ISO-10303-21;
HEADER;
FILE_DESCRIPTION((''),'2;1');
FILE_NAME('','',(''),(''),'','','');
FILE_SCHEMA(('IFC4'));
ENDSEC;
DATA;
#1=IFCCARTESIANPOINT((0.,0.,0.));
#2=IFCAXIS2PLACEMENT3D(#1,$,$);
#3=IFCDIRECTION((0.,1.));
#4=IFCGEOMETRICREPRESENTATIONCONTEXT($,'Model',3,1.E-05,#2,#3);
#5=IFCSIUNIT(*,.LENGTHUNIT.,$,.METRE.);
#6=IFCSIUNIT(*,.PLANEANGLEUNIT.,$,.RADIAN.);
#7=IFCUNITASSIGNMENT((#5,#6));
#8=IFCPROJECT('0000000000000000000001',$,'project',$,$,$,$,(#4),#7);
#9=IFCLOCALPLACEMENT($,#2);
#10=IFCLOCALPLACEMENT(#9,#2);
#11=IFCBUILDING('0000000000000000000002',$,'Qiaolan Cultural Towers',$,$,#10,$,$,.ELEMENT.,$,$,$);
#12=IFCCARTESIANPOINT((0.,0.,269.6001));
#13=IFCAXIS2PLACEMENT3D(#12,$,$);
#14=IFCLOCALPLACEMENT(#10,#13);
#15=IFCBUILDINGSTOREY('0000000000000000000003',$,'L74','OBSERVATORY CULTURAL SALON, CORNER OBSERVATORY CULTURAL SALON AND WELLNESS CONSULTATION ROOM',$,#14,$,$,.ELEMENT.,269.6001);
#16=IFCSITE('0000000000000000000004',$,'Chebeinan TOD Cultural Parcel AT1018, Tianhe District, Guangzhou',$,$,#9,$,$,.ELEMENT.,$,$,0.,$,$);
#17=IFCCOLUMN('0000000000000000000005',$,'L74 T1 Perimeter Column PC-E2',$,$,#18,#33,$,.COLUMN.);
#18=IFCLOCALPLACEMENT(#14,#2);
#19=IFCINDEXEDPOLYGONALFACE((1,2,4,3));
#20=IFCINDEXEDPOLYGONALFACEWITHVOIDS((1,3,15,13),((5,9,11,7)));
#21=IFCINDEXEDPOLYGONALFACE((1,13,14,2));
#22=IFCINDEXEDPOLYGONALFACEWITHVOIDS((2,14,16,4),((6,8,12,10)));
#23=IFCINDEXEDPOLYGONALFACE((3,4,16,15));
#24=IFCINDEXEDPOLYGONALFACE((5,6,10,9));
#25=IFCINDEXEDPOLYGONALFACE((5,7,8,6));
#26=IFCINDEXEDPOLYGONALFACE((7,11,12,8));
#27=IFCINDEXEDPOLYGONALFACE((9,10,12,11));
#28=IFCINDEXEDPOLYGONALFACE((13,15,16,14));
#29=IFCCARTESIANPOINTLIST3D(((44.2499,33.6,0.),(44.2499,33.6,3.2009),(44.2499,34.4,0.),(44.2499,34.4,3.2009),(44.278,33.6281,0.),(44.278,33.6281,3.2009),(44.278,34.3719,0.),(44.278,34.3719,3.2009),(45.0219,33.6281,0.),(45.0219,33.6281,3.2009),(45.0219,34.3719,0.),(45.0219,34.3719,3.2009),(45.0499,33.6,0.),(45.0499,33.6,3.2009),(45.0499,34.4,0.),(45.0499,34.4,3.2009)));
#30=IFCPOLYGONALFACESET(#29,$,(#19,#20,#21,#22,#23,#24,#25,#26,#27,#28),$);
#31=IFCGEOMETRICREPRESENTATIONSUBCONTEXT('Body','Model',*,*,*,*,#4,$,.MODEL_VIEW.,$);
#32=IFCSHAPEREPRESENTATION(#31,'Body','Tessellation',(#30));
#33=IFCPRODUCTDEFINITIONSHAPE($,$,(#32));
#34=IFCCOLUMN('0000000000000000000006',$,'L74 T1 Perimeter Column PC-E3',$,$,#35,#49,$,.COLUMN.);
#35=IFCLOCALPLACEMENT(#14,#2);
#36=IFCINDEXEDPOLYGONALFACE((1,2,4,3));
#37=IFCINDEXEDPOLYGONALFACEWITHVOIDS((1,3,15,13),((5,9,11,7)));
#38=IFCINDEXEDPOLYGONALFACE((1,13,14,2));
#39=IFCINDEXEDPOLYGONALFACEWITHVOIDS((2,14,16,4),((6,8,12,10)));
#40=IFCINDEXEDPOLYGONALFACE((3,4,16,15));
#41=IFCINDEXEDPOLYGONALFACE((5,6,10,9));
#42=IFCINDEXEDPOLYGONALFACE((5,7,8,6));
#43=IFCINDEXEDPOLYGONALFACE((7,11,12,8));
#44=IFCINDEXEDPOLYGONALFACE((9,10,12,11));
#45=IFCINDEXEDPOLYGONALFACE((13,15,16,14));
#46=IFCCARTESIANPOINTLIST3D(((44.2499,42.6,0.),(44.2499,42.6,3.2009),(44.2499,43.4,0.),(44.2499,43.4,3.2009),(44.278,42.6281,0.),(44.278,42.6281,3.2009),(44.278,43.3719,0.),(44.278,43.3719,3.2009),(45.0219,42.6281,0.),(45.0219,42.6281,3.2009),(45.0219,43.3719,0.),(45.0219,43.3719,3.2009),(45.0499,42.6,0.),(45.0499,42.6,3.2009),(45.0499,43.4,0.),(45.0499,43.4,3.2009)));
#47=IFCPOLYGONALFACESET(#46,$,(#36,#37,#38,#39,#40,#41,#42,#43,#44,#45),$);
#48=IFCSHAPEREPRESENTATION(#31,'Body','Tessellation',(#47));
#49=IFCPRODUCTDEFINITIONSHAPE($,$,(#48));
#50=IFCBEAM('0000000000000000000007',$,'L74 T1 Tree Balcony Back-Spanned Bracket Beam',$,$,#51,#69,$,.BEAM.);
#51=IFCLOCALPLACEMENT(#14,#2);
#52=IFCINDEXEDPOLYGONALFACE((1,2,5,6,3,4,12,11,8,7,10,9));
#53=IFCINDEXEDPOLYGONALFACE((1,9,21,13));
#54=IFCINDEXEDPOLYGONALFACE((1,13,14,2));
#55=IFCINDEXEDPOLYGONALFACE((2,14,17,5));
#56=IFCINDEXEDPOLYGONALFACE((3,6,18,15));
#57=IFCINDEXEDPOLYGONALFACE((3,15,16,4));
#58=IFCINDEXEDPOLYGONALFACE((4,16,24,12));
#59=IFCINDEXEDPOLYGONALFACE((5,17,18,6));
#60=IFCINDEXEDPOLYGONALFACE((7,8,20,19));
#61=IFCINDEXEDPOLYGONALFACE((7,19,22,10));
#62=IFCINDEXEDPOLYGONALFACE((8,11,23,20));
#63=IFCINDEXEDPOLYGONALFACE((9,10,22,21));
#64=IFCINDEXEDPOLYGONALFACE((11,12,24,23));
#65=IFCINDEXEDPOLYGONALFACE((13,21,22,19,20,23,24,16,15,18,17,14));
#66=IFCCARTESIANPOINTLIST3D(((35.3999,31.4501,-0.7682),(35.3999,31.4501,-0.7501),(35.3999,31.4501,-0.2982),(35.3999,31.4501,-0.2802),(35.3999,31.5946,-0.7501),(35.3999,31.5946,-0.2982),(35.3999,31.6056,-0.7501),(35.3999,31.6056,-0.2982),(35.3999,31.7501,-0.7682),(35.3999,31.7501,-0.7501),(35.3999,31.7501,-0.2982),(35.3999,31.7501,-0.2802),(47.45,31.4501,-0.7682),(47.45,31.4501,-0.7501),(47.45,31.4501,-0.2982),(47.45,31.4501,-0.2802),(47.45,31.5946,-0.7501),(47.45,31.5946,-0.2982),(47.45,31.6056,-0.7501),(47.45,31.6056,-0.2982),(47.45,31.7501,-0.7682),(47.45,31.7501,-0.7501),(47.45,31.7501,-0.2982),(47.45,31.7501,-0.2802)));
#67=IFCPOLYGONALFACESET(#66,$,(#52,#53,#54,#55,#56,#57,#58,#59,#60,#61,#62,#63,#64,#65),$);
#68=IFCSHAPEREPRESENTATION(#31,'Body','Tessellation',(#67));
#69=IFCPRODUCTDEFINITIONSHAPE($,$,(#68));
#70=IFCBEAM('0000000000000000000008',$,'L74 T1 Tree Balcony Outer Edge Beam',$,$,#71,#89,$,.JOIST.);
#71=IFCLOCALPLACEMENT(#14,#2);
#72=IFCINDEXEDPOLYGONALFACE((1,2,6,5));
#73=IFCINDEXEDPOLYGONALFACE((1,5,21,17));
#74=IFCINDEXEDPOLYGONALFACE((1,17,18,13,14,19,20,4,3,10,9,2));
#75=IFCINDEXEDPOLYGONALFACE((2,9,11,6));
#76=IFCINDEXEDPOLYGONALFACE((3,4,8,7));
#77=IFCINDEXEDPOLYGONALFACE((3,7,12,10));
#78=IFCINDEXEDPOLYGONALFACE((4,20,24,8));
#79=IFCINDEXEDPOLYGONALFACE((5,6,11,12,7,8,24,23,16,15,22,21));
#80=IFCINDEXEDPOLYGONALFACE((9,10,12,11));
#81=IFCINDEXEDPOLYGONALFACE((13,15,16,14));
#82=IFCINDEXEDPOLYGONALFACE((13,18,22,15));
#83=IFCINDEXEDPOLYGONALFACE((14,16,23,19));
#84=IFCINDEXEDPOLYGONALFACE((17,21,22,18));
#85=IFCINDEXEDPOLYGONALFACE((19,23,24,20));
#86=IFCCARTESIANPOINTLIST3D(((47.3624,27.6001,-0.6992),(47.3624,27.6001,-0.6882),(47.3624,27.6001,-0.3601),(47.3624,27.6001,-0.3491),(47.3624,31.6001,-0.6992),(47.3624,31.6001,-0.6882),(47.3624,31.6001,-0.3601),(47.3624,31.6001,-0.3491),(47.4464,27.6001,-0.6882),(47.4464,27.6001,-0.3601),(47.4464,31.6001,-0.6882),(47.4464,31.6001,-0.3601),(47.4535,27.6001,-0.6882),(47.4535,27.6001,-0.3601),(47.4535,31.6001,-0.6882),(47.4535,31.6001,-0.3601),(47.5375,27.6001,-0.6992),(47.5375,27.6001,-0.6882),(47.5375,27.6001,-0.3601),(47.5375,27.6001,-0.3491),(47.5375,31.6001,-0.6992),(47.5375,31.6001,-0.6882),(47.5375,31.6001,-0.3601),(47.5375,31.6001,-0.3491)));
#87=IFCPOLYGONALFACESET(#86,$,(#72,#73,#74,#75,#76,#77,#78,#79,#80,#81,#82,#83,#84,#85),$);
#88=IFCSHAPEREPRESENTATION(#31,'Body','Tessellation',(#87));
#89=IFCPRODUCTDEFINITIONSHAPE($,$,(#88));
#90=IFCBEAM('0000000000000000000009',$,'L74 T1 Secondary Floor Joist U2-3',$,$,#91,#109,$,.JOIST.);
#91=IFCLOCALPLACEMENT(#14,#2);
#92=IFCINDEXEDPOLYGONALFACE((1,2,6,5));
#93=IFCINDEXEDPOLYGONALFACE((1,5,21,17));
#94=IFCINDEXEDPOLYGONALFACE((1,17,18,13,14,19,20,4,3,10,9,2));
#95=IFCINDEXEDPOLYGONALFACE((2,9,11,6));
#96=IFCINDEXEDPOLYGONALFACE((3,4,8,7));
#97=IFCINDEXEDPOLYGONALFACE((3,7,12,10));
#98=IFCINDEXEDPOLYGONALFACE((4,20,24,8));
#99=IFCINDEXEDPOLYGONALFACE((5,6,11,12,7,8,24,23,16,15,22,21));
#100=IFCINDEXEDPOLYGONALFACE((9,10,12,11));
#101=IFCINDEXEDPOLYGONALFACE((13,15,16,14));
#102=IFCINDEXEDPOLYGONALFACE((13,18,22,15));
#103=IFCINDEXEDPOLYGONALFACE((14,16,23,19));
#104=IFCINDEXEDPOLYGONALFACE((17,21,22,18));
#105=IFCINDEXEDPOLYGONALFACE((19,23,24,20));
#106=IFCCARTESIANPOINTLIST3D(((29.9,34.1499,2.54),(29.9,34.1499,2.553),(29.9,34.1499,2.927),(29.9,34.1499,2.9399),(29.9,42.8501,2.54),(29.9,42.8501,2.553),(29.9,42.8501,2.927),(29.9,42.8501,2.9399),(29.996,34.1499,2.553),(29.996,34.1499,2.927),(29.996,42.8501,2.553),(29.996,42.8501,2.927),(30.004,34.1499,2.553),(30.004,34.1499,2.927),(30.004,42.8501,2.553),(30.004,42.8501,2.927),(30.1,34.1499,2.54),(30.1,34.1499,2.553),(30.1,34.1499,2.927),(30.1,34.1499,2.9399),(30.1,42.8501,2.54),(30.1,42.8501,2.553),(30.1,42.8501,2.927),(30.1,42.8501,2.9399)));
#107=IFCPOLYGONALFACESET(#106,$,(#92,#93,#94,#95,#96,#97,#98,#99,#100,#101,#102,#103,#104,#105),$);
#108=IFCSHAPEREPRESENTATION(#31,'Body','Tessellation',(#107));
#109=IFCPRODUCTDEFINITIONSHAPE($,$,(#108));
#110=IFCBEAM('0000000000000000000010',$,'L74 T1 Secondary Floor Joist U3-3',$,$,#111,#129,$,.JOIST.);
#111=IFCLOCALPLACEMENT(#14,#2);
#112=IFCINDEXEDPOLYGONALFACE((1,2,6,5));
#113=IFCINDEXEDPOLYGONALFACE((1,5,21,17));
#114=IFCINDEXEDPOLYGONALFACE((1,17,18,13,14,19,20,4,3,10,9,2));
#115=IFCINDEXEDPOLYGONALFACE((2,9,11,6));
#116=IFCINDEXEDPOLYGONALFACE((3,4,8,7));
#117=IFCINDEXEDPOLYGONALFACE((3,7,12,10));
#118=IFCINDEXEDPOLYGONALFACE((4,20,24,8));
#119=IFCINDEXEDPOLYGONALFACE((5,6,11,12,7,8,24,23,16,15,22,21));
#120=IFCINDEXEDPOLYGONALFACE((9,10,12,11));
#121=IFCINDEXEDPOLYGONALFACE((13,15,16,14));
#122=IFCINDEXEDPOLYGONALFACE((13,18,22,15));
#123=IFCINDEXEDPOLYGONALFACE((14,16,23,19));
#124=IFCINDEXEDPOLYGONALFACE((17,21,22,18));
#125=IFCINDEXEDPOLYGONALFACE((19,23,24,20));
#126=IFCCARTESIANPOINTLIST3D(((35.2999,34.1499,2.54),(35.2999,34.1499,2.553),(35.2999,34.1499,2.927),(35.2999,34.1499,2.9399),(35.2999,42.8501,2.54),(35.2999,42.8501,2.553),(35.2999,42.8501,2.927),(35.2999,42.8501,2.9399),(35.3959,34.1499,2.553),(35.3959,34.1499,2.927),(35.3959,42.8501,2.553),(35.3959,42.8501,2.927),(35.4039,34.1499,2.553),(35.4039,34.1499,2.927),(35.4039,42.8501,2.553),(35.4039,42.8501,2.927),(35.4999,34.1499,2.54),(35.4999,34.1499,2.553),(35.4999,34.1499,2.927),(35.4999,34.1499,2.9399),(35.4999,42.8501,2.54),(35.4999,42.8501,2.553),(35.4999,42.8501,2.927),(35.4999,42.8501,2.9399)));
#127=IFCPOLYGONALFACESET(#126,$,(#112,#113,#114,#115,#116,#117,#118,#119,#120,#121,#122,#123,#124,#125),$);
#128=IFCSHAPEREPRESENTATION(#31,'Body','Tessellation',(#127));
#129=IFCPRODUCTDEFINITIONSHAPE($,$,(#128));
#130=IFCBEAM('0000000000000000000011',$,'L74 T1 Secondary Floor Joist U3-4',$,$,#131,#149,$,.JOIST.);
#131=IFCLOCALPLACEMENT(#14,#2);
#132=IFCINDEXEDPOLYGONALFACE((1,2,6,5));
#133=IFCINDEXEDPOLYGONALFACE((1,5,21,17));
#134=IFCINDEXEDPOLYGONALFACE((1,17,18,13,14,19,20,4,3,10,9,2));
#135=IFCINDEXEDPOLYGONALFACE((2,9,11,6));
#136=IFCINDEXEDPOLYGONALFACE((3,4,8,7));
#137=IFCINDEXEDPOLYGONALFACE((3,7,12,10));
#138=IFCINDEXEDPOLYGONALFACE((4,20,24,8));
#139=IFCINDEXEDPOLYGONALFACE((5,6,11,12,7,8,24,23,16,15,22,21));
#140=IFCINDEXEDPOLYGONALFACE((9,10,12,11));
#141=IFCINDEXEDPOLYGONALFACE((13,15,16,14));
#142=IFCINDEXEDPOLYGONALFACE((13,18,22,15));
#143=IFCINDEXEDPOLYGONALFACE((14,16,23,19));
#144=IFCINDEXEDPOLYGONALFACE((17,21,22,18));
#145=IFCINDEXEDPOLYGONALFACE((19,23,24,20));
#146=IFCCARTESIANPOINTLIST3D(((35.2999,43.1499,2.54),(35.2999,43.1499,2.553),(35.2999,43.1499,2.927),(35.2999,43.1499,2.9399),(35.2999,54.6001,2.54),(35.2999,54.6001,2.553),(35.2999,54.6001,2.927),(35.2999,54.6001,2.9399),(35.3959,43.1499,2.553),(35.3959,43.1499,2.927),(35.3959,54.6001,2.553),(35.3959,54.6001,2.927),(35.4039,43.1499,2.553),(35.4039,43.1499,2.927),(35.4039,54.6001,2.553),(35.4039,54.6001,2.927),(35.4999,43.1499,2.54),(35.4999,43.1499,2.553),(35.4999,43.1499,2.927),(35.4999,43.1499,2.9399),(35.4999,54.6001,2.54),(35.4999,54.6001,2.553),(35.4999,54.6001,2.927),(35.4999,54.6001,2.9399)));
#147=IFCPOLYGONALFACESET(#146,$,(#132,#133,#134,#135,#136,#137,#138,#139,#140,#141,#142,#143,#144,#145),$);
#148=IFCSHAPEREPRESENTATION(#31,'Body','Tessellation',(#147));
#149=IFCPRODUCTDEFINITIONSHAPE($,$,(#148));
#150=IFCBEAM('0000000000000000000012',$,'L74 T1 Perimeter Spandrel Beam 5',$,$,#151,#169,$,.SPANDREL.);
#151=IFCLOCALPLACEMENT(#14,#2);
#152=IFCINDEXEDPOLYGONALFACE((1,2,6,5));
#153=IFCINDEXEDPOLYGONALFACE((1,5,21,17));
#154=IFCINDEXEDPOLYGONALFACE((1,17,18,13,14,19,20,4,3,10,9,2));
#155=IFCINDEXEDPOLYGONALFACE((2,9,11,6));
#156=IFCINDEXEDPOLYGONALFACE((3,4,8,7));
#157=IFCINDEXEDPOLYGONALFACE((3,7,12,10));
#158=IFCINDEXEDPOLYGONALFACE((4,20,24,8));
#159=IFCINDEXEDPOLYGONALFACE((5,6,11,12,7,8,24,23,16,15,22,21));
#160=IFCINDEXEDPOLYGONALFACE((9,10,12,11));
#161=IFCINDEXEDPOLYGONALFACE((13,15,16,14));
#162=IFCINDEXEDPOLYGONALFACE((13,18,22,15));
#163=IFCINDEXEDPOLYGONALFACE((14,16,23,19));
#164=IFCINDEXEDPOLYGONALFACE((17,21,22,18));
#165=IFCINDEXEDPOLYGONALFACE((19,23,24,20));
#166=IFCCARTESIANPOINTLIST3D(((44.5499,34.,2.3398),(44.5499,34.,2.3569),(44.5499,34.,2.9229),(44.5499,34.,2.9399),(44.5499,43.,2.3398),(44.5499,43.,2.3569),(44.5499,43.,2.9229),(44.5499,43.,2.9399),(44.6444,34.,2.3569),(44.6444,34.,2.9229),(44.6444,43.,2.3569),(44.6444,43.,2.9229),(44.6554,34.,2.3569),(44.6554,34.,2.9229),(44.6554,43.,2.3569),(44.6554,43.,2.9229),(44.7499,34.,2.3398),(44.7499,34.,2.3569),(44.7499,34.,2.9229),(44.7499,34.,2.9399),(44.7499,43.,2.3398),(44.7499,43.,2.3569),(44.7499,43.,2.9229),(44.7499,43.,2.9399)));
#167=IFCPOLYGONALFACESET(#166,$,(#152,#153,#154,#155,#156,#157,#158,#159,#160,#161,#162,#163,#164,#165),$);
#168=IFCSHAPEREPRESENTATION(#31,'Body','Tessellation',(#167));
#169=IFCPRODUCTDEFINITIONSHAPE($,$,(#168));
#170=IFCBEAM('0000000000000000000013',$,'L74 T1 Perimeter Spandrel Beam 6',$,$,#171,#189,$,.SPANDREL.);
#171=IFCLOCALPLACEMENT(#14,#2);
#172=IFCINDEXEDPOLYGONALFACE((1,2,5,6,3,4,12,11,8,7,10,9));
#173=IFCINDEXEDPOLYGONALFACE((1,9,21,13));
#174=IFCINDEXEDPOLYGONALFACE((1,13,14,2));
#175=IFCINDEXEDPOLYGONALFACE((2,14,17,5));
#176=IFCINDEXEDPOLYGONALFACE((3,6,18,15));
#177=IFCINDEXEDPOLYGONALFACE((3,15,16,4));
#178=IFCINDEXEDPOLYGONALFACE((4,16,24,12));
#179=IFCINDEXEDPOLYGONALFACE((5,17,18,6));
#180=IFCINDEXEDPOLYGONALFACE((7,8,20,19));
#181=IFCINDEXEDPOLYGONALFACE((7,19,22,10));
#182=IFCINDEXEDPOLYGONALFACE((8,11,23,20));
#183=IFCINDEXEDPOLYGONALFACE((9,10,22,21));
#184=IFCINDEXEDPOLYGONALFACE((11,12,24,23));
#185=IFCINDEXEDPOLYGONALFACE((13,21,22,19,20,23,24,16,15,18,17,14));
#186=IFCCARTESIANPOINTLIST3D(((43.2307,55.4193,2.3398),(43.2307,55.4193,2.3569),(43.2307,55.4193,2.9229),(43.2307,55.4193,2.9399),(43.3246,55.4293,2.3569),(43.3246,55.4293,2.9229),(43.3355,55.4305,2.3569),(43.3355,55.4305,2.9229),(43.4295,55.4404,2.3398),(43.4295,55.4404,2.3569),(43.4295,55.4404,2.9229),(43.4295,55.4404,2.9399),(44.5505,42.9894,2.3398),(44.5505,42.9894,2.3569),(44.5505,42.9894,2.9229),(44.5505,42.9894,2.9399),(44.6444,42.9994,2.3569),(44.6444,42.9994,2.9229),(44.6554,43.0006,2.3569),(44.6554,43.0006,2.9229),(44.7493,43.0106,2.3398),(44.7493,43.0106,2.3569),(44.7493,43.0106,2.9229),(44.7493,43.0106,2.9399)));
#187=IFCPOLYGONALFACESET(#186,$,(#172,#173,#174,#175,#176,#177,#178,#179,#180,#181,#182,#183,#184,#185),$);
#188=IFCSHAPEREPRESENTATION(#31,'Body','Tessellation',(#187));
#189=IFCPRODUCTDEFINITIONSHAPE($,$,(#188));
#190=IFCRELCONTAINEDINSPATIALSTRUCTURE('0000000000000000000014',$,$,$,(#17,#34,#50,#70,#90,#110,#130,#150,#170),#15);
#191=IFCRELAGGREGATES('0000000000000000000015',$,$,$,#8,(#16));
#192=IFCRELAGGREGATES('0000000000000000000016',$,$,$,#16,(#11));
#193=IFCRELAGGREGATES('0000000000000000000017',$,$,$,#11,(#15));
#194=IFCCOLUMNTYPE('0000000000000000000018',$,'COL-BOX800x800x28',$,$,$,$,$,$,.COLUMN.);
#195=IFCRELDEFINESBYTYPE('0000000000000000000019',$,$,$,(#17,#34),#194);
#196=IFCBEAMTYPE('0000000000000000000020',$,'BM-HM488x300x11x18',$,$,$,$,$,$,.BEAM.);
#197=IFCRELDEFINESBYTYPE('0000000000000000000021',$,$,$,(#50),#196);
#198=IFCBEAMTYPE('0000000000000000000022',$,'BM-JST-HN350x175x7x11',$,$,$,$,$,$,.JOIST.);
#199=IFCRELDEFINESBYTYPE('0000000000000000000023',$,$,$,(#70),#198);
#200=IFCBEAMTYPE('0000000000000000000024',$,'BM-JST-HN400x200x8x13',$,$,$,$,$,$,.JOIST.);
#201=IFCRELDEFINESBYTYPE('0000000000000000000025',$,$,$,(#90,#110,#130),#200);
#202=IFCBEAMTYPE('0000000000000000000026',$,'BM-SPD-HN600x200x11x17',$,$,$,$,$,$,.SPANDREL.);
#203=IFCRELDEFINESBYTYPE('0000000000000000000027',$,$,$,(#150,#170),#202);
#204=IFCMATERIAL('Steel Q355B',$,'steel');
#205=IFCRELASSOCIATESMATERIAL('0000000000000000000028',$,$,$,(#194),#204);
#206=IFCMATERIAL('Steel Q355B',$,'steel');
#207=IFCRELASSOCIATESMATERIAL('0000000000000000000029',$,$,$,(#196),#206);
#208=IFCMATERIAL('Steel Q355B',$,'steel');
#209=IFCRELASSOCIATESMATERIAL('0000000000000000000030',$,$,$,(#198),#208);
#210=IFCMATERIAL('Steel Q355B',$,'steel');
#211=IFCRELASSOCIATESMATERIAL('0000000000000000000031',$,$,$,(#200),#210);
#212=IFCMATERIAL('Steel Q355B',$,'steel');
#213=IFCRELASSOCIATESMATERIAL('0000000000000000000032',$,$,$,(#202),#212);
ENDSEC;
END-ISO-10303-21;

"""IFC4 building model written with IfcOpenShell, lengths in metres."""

from ifc_helpers import new_model, si_unit, direction, frame, origin, origin_2d, place, context, subcontext, project, spatial, hollow_rectangle, i_section, extrude, material, material_profile, profile_set, type_object, element, save


model = new_model("IFC4")

# Units and contexts
model_context = context("Model", 3, precision=1e-05, world=origin(), true_north=direction((0.0, 1.0)))
body_context = subcontext(model_context, "Body", "Model", "MODEL_VIEW")
ifc_project = project(units=[si_unit("LENGTHUNIT", "METRE"), si_unit("PLANEANGLEUNIT", "RADIAN")], contexts=[model_context])

# Site, building, storey
site_placement = place(None, origin())
site = spatial("IfcSite", under=ifc_project, at=site_placement, Name="Chebeinan TOD Cultural Parcel AT1018, Tianhe District, Guangzhou", CompositionType="ELEMENT", RefElevation=0.0)
building_placement = place(site_placement, origin())
building = spatial("IfcBuilding", under=site, at=building_placement, Name="Qiaolan Cultural Towers", CompositionType="ELEMENT")
storey_placement = place(building_placement, frame((0.0, 0.0, 269.6001)))
storey = spatial("IfcBuildingStorey", under=building, at=storey_placement, Name="L74", Description="OBSERVATORY CULTURAL SALON, CORNER OBSERVATORY CULTURAL SALON AND WELLNESS CONSULTATION ROOM", CompositionType="ELEMENT", Elevation=269.6001)

# Columns
ifc_material_1 = material(Name="Steel Q355B", Category="steel")
ifc_material_profile_1 = material_profile(ifc_material_1, hollow_rectangle(XDim=0.8, YDim=0.8, WallThickness=0.0281, at=origin_2d()), Name="BOX800x800x28")
ifc_profile_set_1 = profile_set([ifc_material_profile_1], Name="Steel Q355B")
column_type = type_object("IfcColumnType", Name="COL-BOX800x800x28", PredefinedType="COLUMN", material=ifc_profile_set_1)
for number, where, z_axis, x_axis, name in (
    (1, (44.6499, 34.0, 0.0), (0.0, 0.0, 1.0), (1.0, 0.0, 0.0), "L74 T1 Perimeter Column PC-E2"),
    (2, (44.6499, 43.0, 0.0), (0.0, 0.0, 1.0), (1.0, 0.0, 0.0), "L74 T1 Perimeter Column PC-E3"),
):
    element("IfcColumn", number, at=place(storey_placement, frame(where, z_axis=z_axis, x_axis=x_axis)), inside=storey, type_object=column_type, Name=name, PredefinedType="COLUMN", context=body_context, shape_type="SweptSolid", body=[
        extrude(hollow_rectangle(XDim=0.8, YDim=0.8, WallThickness=0.0281, at=origin_2d()), origin(), (0.0, 0.0, 1.0), 3.2009),
    ])

# Beams
ifc_material_2 = material(Name="Steel Q355B", Category="steel")
ifc_material_profile_2 = material_profile(ifc_material_2, i_section(OverallWidth=0.3, OverallDepth=0.488, WebThickness=0.011, FlangeThickness=0.0181, at=origin_2d()), Name="HM488x300x11x18")
ifc_profile_set_2 = profile_set([ifc_material_profile_2], Name="Steel Q355B")
beam_type_1 = type_object("IfcBeamType", Name="BM-HM488x300x11x18", PredefinedType="BEAM", material=ifc_profile_set_2)
beam_1_placement = place(storey_placement, frame((35.3999, 31.6001, -0.5242), z_axis=(1.0, 0.0, 0.0), x_axis=(0.0, 1.0, 0.0)))
element("IfcBeam", 3, at=beam_1_placement, inside=storey, type_object=beam_type_1, Name="L74 T1 Tree Balcony Back-Spanned Bracket Beam", PredefinedType="BEAM", context=body_context, shape_type="SweptSolid", body=[
    extrude(i_section(OverallWidth=0.3, OverallDepth=0.488, WebThickness=0.011, FlangeThickness=0.0181, at=origin_2d()), origin(), (0.0, 0.0, 1.0), 12.05),
])
ifc_material_3 = material(Name="Steel Q355B", Category="steel")
ifc_material_profile_3 = material_profile(ifc_material_3, i_section(OverallWidth=0.175, OverallDepth=0.3501, WebThickness=0.0071, FlangeThickness=0.011, at=origin_2d()), Name="HN350x175x7x11")
ifc_profile_set_3 = profile_set([ifc_material_profile_3], Name="Steel Q355B")
beam_type_2 = type_object("IfcBeamType", Name="BM-JST-HN350x175x7x11", PredefinedType="JOIST", material=ifc_profile_set_3)
beam_2_placement = place(storey_placement, frame((47.45, 27.6001, -0.5242), z_axis=(0.0, 1.0, 0.0), x_axis=(-1.0, 0.0, 0.0)))
element("IfcBeam", 4, at=beam_2_placement, inside=storey, type_object=beam_type_2, Name="L74 T1 Tree Balcony Outer Edge Beam", PredefinedType="JOIST", context=body_context, shape_type="SweptSolid", body=[
    extrude(i_section(OverallWidth=0.175, OverallDepth=0.3501, WebThickness=0.0071, FlangeThickness=0.011, at=origin_2d()), origin(), (0.0, 0.0, 1.0), 4.0),
])
ifc_material_4 = material(Name="Steel Q355B", Category="steel")
ifc_material_profile_4 = material_profile(ifc_material_4, i_section(OverallWidth=0.2, OverallDepth=0.3999, WebThickness=0.0081, FlangeThickness=0.0129, at=origin_2d()), Name="HN400x200x8x13")
ifc_profile_set_4 = profile_set([ifc_material_profile_4], Name="Steel Q355B")
beam_type_3 = type_object("IfcBeamType", Name="BM-JST-HN400x200x8x13", PredefinedType="JOIST", material=ifc_profile_set_4)
for number, where, z_axis, x_axis, name in (
    (5, (30.0, 34.1499, 2.74), (0.0, 1.0, 0.0), (-1.0, 0.0, 0.0), "L74 T1 Secondary Floor Joist U2-3"),
    (6, (35.3999, 34.1499, 2.74), (0.0, 1.0, 0.0), (-1.0, 0.0, 0.0), "L74 T1 Secondary Floor Joist U3-3"),
):
    element("IfcBeam", number, at=place(storey_placement, frame(where, z_axis=z_axis, x_axis=x_axis)), inside=storey, type_object=beam_type_3, Name=name, PredefinedType="JOIST", context=body_context, shape_type="SweptSolid", body=[
        extrude(i_section(OverallWidth=0.2, OverallDepth=0.3999, WebThickness=0.0081, FlangeThickness=0.0129, at=origin_2d()), origin(), (0.0, 0.0, 1.0), 8.7002),
    ])
beam_3_placement = place(storey_placement, frame((35.3999, 43.1499, 2.74), z_axis=(0.0, 1.0, 0.0), x_axis=(-1.0, 0.0, 0.0)))
element("IfcBeam", 7, at=beam_3_placement, inside=storey, type_object=beam_type_3, Name="L74 T1 Secondary Floor Joist U3-4", PredefinedType="JOIST", context=body_context, shape_type="SweptSolid", body=[
    extrude(i_section(OverallWidth=0.2, OverallDepth=0.3999, WebThickness=0.0081, FlangeThickness=0.0129, at=origin_2d()), origin(), (0.0, 0.0, 1.0), 11.4502),
])
ifc_material_5 = material(Name="Steel Q355B", Category="steel")
ifc_material_profile_5 = material_profile(ifc_material_5, i_section(OverallWidth=0.2, OverallDepth=0.6001, WebThickness=0.011, FlangeThickness=0.0171, at=origin_2d()), Name="HN600x200x11x17")
ifc_profile_set_5 = profile_set([ifc_material_profile_5], Name="Steel Q355B")
beam_type_4 = type_object("IfcBeamType", Name="BM-SPD-HN600x200x11x17", PredefinedType="SPANDREL", material=ifc_profile_set_5)
beam_4_placement = place(storey_placement, frame((44.6499, 34.0, 2.6399), z_axis=(0.0, 1.0, 0.0), x_axis=(-1.0, 0.0, 0.0)))
element("IfcBeam", 8, at=beam_4_placement, inside=storey, type_object=beam_type_4, Name="L74 T1 Perimeter Spandrel Beam 5", PredefinedType="SPANDREL", context=body_context, shape_type="SweptSolid", body=[
    extrude(i_section(OverallWidth=0.2, OverallDepth=0.6001, WebThickness=0.011, FlangeThickness=0.0171, at=origin_2d()), origin(), (0.0, 0.0, 1.0), 9.0),
])
beam_5_placement = place(storey_placement, frame((44.6499, 43.0, 2.6399), z_axis=(-0.105588, 0.99441, 0.0), x_axis=(-0.99441, -0.105588, 0.0)))
element("IfcBeam", 9, at=beam_5_placement, inside=storey, type_object=beam_type_4, Name="L74 T1 Perimeter Spandrel Beam 6", PredefinedType="SPANDREL", context=body_context, shape_type="SweptSolid", body=[
    extrude(i_section(OverallWidth=0.2, OverallDepth=0.6001, WebThickness=0.011, FlangeThickness=0.0171, at=origin_2d()), origin(), (0.0, 0.0, 1.0), 12.4998),
])

save(model, "model.ifc")
